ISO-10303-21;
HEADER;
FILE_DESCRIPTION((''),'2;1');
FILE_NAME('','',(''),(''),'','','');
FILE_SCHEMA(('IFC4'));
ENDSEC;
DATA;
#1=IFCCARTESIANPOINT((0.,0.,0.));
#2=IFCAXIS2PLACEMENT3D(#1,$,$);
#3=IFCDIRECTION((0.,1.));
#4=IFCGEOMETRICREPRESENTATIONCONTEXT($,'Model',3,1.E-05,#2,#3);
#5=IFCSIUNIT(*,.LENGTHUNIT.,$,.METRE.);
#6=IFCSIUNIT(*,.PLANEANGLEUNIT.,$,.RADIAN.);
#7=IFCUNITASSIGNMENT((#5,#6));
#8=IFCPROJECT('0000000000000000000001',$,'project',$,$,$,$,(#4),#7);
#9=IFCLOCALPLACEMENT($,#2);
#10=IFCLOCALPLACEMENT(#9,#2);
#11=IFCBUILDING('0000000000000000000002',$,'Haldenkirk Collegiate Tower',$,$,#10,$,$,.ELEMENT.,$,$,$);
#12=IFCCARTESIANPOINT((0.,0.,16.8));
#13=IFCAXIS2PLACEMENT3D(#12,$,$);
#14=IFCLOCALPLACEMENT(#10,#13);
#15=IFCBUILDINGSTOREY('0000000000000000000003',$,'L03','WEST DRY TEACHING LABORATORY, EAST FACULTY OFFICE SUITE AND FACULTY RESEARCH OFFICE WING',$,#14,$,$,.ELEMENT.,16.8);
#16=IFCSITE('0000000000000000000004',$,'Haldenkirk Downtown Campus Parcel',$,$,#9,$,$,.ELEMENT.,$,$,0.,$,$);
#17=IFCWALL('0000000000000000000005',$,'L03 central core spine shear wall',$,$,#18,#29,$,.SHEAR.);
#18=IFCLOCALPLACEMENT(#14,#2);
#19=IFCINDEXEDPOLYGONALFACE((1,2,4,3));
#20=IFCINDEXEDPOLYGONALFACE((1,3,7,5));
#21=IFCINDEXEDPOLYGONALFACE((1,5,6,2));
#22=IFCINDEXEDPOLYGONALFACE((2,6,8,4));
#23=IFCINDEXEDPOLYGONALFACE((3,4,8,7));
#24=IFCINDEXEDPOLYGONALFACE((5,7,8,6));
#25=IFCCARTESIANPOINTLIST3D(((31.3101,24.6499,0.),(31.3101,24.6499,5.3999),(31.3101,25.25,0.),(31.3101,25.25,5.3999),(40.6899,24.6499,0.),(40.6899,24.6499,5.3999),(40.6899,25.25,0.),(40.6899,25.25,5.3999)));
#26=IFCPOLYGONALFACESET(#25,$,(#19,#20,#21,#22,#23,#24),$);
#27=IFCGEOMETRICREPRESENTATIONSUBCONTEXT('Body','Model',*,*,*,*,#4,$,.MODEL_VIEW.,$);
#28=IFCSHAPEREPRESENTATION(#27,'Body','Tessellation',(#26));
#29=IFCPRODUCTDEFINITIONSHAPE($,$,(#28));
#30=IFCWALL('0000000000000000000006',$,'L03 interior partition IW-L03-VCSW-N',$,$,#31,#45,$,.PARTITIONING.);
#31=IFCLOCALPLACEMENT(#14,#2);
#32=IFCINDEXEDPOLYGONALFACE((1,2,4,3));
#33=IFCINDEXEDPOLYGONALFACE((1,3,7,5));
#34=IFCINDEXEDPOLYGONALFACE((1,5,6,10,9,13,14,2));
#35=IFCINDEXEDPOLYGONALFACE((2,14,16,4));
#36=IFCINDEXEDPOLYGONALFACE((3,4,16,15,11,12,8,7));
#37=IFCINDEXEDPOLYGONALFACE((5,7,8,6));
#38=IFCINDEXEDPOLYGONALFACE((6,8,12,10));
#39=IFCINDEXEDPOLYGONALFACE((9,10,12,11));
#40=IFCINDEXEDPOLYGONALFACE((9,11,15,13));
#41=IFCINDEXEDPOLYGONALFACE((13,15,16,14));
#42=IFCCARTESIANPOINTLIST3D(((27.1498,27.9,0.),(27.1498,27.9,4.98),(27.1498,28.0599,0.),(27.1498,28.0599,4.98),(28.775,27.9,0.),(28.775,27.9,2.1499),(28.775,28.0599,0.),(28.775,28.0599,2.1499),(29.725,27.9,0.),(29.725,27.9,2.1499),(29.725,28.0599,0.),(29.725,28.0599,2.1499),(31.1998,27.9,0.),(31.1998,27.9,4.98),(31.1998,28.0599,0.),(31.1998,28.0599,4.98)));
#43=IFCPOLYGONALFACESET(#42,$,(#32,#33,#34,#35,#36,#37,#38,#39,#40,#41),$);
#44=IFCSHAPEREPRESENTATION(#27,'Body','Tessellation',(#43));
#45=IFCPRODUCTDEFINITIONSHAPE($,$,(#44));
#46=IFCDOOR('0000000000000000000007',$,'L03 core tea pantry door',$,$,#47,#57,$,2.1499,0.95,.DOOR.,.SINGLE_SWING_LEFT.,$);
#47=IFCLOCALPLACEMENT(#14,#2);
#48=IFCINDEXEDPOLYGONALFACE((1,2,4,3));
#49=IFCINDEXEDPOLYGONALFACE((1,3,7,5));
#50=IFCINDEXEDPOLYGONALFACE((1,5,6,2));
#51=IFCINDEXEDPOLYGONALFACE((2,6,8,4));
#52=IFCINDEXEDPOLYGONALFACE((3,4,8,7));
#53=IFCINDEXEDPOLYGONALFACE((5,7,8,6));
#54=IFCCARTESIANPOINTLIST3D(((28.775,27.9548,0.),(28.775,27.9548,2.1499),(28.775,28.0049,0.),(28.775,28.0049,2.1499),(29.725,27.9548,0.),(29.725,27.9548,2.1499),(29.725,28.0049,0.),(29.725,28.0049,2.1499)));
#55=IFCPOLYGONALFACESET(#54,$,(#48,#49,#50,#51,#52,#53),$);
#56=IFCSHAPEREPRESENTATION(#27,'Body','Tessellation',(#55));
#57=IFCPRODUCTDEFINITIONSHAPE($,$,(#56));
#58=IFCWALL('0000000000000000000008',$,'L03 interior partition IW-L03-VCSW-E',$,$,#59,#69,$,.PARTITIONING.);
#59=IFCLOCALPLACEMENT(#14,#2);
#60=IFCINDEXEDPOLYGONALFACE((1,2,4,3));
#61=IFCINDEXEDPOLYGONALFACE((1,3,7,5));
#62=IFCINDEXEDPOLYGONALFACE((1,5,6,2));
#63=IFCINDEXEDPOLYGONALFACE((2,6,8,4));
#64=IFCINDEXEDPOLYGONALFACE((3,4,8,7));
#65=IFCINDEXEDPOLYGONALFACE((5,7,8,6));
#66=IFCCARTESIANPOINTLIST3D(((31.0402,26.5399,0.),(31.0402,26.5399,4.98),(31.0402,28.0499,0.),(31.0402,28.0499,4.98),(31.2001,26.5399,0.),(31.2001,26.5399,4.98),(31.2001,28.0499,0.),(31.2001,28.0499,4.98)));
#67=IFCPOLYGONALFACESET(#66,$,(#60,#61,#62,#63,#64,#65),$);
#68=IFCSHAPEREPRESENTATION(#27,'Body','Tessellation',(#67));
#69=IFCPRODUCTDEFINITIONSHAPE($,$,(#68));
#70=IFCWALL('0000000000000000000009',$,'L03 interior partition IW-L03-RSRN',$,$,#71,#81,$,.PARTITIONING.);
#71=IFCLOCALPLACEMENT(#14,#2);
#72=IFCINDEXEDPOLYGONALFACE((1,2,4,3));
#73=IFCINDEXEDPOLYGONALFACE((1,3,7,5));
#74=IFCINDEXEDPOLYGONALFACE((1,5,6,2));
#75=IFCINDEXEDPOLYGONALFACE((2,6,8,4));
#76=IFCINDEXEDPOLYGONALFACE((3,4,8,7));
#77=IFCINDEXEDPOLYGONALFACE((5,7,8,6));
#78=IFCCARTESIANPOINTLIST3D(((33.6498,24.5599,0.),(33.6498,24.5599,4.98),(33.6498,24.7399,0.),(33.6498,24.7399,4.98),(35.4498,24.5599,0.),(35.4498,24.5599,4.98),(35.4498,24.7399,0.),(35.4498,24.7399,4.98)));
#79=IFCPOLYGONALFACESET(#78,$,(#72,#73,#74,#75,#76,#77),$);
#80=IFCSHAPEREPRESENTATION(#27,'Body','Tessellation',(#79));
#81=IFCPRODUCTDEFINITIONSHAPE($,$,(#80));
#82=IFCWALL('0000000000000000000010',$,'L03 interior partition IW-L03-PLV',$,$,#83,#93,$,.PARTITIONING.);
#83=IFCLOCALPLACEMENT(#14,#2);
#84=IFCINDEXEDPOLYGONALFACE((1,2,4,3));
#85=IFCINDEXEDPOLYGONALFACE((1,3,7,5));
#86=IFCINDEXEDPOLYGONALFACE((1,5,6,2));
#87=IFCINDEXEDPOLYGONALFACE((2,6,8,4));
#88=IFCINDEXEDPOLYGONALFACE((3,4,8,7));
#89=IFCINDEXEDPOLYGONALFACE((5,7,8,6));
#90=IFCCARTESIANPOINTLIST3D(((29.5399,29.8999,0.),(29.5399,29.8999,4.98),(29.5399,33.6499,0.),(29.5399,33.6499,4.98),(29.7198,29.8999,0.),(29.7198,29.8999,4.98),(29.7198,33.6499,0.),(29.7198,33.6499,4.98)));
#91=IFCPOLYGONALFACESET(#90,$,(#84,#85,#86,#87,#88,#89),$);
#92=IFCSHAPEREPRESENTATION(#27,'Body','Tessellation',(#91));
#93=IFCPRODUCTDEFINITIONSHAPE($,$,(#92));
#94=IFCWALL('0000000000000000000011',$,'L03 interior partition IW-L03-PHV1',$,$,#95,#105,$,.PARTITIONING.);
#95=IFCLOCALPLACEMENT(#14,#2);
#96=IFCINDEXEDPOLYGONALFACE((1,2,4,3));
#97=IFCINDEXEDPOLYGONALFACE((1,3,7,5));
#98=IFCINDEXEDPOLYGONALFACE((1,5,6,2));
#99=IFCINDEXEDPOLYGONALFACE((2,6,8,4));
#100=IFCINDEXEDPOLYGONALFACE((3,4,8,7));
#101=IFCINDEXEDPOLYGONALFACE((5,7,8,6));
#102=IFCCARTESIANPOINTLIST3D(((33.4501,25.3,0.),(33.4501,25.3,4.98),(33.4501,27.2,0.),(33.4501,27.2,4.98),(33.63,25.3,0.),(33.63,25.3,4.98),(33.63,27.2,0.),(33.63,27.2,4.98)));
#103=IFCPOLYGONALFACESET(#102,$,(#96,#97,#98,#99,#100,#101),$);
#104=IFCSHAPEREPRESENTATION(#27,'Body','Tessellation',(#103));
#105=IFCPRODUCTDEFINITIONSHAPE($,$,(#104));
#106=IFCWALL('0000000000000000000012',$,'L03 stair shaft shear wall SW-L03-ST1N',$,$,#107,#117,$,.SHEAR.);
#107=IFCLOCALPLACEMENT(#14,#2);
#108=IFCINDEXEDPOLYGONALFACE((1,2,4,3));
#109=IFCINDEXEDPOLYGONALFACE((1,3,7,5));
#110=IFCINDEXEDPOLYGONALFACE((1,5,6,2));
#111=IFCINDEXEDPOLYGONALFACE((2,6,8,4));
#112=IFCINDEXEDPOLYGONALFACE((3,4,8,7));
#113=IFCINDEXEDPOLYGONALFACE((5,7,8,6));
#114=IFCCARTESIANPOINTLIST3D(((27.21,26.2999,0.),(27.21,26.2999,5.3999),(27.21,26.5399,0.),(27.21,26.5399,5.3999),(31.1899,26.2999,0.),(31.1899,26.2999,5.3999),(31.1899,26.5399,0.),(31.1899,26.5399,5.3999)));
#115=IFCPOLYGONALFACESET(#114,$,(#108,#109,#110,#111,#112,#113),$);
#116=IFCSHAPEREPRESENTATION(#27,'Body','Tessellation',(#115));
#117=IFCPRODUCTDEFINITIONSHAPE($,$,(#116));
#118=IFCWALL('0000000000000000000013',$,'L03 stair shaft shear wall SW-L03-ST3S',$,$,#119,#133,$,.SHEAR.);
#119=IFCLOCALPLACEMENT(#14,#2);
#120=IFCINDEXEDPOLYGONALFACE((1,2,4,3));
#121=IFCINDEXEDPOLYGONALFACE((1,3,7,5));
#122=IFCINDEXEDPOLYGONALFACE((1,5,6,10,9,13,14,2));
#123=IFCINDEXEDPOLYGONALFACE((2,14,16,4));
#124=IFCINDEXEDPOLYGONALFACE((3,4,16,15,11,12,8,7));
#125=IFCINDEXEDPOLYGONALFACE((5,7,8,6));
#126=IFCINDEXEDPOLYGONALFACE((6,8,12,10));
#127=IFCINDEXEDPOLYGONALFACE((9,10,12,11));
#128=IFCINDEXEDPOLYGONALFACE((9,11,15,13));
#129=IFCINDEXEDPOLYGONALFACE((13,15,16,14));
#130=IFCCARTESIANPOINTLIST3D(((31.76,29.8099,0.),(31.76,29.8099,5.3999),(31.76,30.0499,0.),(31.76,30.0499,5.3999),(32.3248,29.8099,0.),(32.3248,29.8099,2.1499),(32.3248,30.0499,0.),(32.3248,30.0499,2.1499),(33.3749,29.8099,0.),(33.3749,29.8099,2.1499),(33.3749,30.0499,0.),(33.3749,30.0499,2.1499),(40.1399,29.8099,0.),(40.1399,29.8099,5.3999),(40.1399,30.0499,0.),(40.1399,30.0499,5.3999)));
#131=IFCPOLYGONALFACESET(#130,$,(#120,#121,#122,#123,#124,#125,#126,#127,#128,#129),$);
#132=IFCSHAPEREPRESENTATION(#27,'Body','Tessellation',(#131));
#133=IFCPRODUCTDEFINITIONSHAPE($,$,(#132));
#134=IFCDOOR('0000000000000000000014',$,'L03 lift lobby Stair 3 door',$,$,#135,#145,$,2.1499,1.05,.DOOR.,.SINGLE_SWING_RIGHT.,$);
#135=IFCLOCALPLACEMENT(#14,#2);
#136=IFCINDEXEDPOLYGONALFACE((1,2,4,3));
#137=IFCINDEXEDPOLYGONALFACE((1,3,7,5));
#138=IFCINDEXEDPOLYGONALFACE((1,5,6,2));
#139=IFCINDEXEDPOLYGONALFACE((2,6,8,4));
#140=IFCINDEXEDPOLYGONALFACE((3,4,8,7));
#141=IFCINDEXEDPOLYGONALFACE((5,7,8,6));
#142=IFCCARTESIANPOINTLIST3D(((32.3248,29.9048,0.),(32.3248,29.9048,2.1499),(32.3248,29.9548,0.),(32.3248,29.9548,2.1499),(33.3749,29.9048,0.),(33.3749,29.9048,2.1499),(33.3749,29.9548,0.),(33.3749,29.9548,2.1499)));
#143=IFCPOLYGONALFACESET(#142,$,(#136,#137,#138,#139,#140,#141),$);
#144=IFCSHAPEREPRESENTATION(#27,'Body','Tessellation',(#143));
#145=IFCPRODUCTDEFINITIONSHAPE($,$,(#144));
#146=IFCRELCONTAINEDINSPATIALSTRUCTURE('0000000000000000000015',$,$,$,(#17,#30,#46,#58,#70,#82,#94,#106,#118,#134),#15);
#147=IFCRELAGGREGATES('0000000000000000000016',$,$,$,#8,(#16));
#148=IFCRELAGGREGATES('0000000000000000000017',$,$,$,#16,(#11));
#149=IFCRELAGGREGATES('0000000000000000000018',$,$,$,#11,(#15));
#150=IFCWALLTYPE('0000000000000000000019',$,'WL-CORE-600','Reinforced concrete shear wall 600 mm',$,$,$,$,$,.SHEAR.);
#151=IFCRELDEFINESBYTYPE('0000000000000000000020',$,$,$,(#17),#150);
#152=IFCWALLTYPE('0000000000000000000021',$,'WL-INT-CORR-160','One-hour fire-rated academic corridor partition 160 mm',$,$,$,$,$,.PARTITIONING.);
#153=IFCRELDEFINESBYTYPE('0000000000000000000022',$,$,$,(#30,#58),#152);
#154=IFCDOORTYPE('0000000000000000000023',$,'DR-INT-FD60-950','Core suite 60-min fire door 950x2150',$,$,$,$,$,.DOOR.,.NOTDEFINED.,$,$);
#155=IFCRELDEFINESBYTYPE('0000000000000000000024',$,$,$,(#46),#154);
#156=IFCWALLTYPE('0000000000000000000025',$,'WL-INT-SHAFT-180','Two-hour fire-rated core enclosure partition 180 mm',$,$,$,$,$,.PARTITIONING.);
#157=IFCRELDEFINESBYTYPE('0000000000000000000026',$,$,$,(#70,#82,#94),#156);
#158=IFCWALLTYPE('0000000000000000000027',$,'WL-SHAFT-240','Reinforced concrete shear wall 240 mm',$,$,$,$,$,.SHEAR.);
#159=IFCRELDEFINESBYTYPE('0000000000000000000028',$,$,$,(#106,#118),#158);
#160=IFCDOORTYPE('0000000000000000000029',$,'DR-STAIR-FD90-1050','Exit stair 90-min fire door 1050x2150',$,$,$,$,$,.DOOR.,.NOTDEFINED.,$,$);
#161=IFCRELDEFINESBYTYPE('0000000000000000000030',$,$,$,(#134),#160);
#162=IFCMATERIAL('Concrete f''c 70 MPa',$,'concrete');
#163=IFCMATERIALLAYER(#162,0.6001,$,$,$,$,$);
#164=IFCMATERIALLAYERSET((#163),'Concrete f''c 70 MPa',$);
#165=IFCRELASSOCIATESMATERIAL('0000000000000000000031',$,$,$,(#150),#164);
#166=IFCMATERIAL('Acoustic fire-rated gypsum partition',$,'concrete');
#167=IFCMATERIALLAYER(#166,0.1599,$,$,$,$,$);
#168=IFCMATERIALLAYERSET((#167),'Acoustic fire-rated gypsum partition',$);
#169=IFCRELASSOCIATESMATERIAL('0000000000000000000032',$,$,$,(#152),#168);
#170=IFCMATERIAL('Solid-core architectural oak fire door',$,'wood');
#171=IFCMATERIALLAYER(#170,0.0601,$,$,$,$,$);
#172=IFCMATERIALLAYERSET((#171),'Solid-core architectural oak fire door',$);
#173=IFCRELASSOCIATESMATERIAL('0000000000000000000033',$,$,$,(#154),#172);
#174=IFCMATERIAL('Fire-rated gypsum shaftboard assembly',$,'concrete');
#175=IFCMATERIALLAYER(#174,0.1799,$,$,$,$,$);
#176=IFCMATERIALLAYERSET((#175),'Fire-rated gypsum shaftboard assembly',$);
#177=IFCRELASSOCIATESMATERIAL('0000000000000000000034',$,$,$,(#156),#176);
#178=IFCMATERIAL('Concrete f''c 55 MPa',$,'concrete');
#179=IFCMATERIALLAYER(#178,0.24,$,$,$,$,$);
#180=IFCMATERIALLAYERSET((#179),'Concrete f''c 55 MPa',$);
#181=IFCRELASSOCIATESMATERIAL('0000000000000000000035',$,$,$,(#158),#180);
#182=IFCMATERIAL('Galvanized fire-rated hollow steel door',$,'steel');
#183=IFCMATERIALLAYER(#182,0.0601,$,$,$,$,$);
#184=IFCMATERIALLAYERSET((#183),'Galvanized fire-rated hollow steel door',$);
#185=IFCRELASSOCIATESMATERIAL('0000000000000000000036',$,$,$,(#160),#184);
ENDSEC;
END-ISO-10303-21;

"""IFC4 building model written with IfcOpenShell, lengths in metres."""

from ifc_helpers import new_model, si_unit, direction, frame, frame_2d, origin, place, context, subcontext, project, spatial, rectangle, extrude, material, layer, layer_set, type_object, element, fill, save


model = new_model("IFC4")

# Units and contexts
model_context = context("Model", 3, precision=1e-05, world=origin(), true_north=direction((0.0, 1.0)))
body_context = subcontext(model_context, "Body", "Model", "MODEL_VIEW")
ifc_project = project(units=[si_unit("LENGTHUNIT", "METRE"), si_unit("PLANEANGLEUNIT", "RADIAN")], contexts=[model_context])

# Site, building, storey
site_placement = place(None, origin())
site = spatial("IfcSite", under=ifc_project, at=site_placement, Name="Haldenkirk Downtown Campus Parcel", CompositionType="ELEMENT", RefElevation=0.0)
building_placement = place(site_placement, origin())
building = spatial("IfcBuilding", under=site, at=building_placement, Name="Haldenkirk Collegiate Tower", CompositionType="ELEMENT")
storey_placement = place(building_placement, frame((0.0, 0.0, 16.8)))
storey = spatial("IfcBuildingStorey", under=building, at=storey_placement, Name="L03", Description="WEST DRY TEACHING LABORATORY, EAST FACULTY OFFICE SUITE AND FACULTY RESEARCH OFFICE WING", CompositionType="ELEMENT", Elevation=16.8)

# Wall
ifc_material_1 = material(Name="Concrete f'c 70 MPa", Category="concrete")
ifc_layer_1 = layer(ifc_material_1, 0.6001)
ifc_layer_set_1 = layer_set([ifc_layer_1], Name="Concrete f'c 70 MPa")
wall_type_1 = type_object("IfcWallType", Name="WL-CORE-600", Description="Reinforced concrete shear wall 600 mm", PredefinedType="SHEAR", material=ifc_layer_set_1)
wall_1_placement = place(storey_placement, frame((31.3101, 24.95, 0.0), z_axis=(0.0, 0.0, 1.0), x_axis=(1.0, 0.0, 0.0)))
element("IfcWall", 1, at=wall_1_placement, inside=storey, type_object=wall_type_1, Name="L03 central core spine shear wall", PredefinedType="SHEAR", context=body_context, shape_type="SweptSolid", body=[
    extrude(rectangle(XDim=9.3799, YDim=0.6001, at=frame_2d((4.6899, 0.0))), origin(), (0.0, 0.0, 1.0), 5.3999),
])

# Wall, opening, door
ifc_material_2 = material(Name="Acoustic fire-rated gypsum partition", Category="concrete")
ifc_layer_2 = layer(ifc_material_2, 0.1599)
ifc_layer_set_2 = layer_set([ifc_layer_2], Name="Acoustic fire-rated gypsum partition")
wall_type_2 = type_object("IfcWallType", Name="WL-INT-CORR-160", Description="One-hour fire-rated academic corridor partition 160 mm", PredefinedType="PARTITIONING", material=ifc_layer_set_2)
wall_2_placement = place(storey_placement, frame((27.1499, 27.98, 0.0), z_axis=(0.0, 0.0, 1.0), x_axis=(1.0, 0.0, 0.0)))
wall_2 = element("IfcWall", 2, at=wall_2_placement, inside=storey, type_object=wall_type_2, Name="L03 interior partition IW-L03-VCSW-N", PredefinedType="PARTITIONING", context=body_context, shape_type="SweptSolid", body=[
    extrude(rectangle(XDim=4.05, YDim=0.1599, at=frame_2d((2.0249, 0.0))), origin(), (0.0, 0.0, 1.0), 4.98),
])
opening_1_placement = place(wall_2_placement, frame((1.625, 0.0, 0.0)))
opening_1 = element("IfcOpeningElement", 3, at=opening_1_placement, cuts=wall_2, PredefinedType="OPENING", context=body_context, shape_type="SweptSolid", body=[
    extrude(rectangle(XDim=0.95, YDim=2.1499, at=frame_2d((0.4751, 1.075))), frame((0.0, 0.0898, 0.0), z_axis=(0.0, -1.0, 0.0), x_axis=(1.0, 0.0, 0.0)), (0.0, 0.0, 1.0), 0.1799),
])
ifc_material_3 = material(Name="Solid-core architectural oak fire door", Category="wood")
ifc_layer_3 = layer(ifc_material_3, 0.0601)
ifc_layer_set_3 = layer_set([ifc_layer_3], Name="Solid-core architectural oak fire door")
door_type_1 = type_object("IfcDoorType", Name="DR-INT-FD60-950", Description="Core suite 60-min fire door 950x2150", OperationType="NOTDEFINED", PredefinedType="DOOR", material=ifc_layer_set_3)
door_1_placement = place(opening_1_placement, origin())
door_1 = element("IfcDoor", 4, at=door_1_placement, inside=storey, type_object=door_type_1, Name="L03 core tea pantry door", OperationType="SINGLE_SWING_LEFT", OverallHeight=2.1499, OverallWidth=0.95, PredefinedType="DOOR", context=body_context, shape_type="SweptSolid", body=[
    extrude(rectangle(XDim=0.95, YDim=2.1499, at=frame_2d((0.4751, 1.075))), frame((0.0, 0.0249, 0.0), z_axis=(0.0, -1.0, 0.0), x_axis=(1.0, 0.0, 0.0)), (0.0, 0.0, 1.0), 0.05),
])
fill(opening_1, door_1)

# Walls
wall_3_placement = place(storey_placement, frame((31.1201, 26.54, 0.0), z_axis=(0.0, 0.0, 1.0), x_axis=(0.0, 1.0, 0.0)))
element("IfcWall", 5, at=wall_3_placement, inside=storey, type_object=wall_type_2, Name="L03 interior partition IW-L03-VCSW-E", PredefinedType="PARTITIONING", context=body_context, shape_type="SweptSolid", body=[
    extrude(rectangle(XDim=1.51, YDim=0.1599, at=frame_2d((0.7549, 0.0))), origin(), (0.0, 0.0, 1.0), 4.98),
])
ifc_material_4 = material(Name="Fire-rated gypsum shaftboard assembly", Category="concrete")
ifc_layer_4 = layer(ifc_material_4, 0.1799)
ifc_layer_set_4 = layer_set([ifc_layer_4], Name="Fire-rated gypsum shaftboard assembly")
wall_type_3 = type_object("IfcWallType", Name="WL-INT-SHAFT-180", Description="Two-hour fire-rated core enclosure partition 180 mm", PredefinedType="PARTITIONING", material=ifc_layer_set_4)
wall_4_placement = place(storey_placement, frame((33.6499, 24.6499, 0.0), z_axis=(0.0, 0.0, 1.0), x_axis=(1.0, 0.0, 0.0)))
element("IfcWall", 6, at=wall_4_placement, inside=storey, type_object=wall_type_3, Name="L03 interior partition IW-L03-RSRN", PredefinedType="PARTITIONING", context=body_context, shape_type="SweptSolid", body=[
    extrude(rectangle(XDim=1.8, YDim=0.1799, at=frame_2d((0.8999, 0.0))), origin(), (0.0, 0.0, 1.0), 4.98),
])

# Wall
wall_5_placement = place(storey_placement, frame((29.6299, 29.8999, 0.0), z_axis=(0.0, 0.0, 1.0), x_axis=(0.0, 1.0, 0.0)))
element("IfcWall", 7, at=wall_5_placement, inside=storey, type_object=wall_type_3, Name="L03 interior partition IW-L03-PLV", PredefinedType="PARTITIONING", context=body_context, shape_type="SweptSolid", body=[
    extrude(rectangle(XDim=3.75, YDim=0.1799, at=frame_2d((1.875, 0.0))), origin(), (0.0, 0.0, 1.0), 4.98),
])

# Walls
wall_6_placement = place(storey_placement, frame((33.54, 25.3, 0.0), z_axis=(0.0, 0.0, 1.0), x_axis=(0.0, 1.0, 0.0)))
element("IfcWall", 8, at=wall_6_placement, inside=storey, type_object=wall_type_3, Name="L03 interior partition IW-L03-PHV1", PredefinedType="PARTITIONING", context=body_context, shape_type="SweptSolid", body=[
    extrude(rectangle(XDim=1.8999, YDim=0.1799, at=frame_2d((0.95, 0.0))), origin(), (0.0, 0.0, 1.0), 4.98),
])
ifc_material_5 = material(Name="Concrete f'c 55 MPa", Category="concrete")
ifc_layer_5 = layer(ifc_material_5, 0.24)
ifc_layer_set_5 = layer_set([ifc_layer_5], Name="Concrete f'c 55 MPa")
wall_type_4 = type_object("IfcWallType", Name="WL-SHAFT-240", Description="Reinforced concrete shear wall 240 mm", PredefinedType="SHEAR", material=ifc_layer_set_5)
wall_7_placement = place(storey_placement, frame((27.21, 26.4199, 0.0), z_axis=(0.0, 0.0, 1.0), x_axis=(1.0, 0.0, 0.0)))
element("IfcWall", 9, at=wall_7_placement, inside=storey, type_object=wall_type_4, Name="L03 stair shaft shear wall SW-L03-ST1N", PredefinedType="SHEAR", context=body_context, shape_type="SweptSolid", body=[
    extrude(rectangle(XDim=3.98, YDim=0.24, at=frame_2d((1.99, 0.0))), origin(), (0.0, 0.0, 1.0), 5.3999),
])

# Wall, opening, door
wall_8_placement = place(storey_placement, frame((31.76, 29.9299, 0.0), z_axis=(0.0, 0.0, 1.0), x_axis=(1.0, 0.0, 0.0)))
wall_8 = element("IfcWall", 10, at=wall_8_placement, inside=storey, type_object=wall_type_4, Name="L03 stair shaft shear wall SW-L03-ST3S", PredefinedType="SHEAR", context=body_context, shape_type="SweptSolid", body=[
    extrude(rectangle(XDim=8.3799, YDim=0.24, at=frame_2d((4.1899, 0.0))), origin(), (0.0, 0.0, 1.0), 5.3999),
])
opening_2_placement = place(wall_8_placement, frame((0.5649, 0.0, 0.0)))
opening_2 = element("IfcOpeningElement", 11, at=opening_2_placement, cuts=wall_8, PredefinedType="OPENING", context=body_context, shape_type="SweptSolid", body=[
    extrude(rectangle(XDim=1.05, YDim=2.1499, at=frame_2d((0.5249, 1.075))), frame((0.0, 0.1299, 0.0), z_axis=(0.0, -1.0, 0.0), x_axis=(1.0, 0.0, 0.0)), (0.0, 0.0, 1.0), 0.26),
])
ifc_material_6 = material(Name="Galvanized fire-rated hollow steel door", Category="steel")
ifc_layer_6 = layer(ifc_material_6, 0.0601)
ifc_layer_set_6 = layer_set([ifc_layer_6], Name="Galvanized fire-rated hollow steel door")
door_type_2 = type_object("IfcDoorType", Name="DR-STAIR-FD90-1050", Description="Exit stair 90-min fire door 1050x2150", OperationType="NOTDEFINED", PredefinedType="DOOR", material=ifc_layer_set_6)
door_2_placement = place(opening_2_placement, origin())
door_2 = element("IfcDoor", 12, at=door_2_placement, inside=storey, type_object=door_type_2, Name="L03 lift lobby Stair 3 door", OperationType="SINGLE_SWING_RIGHT", OverallHeight=2.1499, OverallWidth=1.05, PredefinedType="DOOR", context=body_context, shape_type="SweptSolid", body=[
    extrude(rectangle(XDim=1.05, YDim=2.1499, at=frame_2d((0.5249, 1.075))), frame((0.0, 0.0249, 0.0), z_axis=(0.0, -1.0, 0.0), x_axis=(1.0, 0.0, 0.0)), (0.0, 0.0, 1.0), 0.05),
])
fill(opening_2, door_2)

save(model, "model.ifc")
